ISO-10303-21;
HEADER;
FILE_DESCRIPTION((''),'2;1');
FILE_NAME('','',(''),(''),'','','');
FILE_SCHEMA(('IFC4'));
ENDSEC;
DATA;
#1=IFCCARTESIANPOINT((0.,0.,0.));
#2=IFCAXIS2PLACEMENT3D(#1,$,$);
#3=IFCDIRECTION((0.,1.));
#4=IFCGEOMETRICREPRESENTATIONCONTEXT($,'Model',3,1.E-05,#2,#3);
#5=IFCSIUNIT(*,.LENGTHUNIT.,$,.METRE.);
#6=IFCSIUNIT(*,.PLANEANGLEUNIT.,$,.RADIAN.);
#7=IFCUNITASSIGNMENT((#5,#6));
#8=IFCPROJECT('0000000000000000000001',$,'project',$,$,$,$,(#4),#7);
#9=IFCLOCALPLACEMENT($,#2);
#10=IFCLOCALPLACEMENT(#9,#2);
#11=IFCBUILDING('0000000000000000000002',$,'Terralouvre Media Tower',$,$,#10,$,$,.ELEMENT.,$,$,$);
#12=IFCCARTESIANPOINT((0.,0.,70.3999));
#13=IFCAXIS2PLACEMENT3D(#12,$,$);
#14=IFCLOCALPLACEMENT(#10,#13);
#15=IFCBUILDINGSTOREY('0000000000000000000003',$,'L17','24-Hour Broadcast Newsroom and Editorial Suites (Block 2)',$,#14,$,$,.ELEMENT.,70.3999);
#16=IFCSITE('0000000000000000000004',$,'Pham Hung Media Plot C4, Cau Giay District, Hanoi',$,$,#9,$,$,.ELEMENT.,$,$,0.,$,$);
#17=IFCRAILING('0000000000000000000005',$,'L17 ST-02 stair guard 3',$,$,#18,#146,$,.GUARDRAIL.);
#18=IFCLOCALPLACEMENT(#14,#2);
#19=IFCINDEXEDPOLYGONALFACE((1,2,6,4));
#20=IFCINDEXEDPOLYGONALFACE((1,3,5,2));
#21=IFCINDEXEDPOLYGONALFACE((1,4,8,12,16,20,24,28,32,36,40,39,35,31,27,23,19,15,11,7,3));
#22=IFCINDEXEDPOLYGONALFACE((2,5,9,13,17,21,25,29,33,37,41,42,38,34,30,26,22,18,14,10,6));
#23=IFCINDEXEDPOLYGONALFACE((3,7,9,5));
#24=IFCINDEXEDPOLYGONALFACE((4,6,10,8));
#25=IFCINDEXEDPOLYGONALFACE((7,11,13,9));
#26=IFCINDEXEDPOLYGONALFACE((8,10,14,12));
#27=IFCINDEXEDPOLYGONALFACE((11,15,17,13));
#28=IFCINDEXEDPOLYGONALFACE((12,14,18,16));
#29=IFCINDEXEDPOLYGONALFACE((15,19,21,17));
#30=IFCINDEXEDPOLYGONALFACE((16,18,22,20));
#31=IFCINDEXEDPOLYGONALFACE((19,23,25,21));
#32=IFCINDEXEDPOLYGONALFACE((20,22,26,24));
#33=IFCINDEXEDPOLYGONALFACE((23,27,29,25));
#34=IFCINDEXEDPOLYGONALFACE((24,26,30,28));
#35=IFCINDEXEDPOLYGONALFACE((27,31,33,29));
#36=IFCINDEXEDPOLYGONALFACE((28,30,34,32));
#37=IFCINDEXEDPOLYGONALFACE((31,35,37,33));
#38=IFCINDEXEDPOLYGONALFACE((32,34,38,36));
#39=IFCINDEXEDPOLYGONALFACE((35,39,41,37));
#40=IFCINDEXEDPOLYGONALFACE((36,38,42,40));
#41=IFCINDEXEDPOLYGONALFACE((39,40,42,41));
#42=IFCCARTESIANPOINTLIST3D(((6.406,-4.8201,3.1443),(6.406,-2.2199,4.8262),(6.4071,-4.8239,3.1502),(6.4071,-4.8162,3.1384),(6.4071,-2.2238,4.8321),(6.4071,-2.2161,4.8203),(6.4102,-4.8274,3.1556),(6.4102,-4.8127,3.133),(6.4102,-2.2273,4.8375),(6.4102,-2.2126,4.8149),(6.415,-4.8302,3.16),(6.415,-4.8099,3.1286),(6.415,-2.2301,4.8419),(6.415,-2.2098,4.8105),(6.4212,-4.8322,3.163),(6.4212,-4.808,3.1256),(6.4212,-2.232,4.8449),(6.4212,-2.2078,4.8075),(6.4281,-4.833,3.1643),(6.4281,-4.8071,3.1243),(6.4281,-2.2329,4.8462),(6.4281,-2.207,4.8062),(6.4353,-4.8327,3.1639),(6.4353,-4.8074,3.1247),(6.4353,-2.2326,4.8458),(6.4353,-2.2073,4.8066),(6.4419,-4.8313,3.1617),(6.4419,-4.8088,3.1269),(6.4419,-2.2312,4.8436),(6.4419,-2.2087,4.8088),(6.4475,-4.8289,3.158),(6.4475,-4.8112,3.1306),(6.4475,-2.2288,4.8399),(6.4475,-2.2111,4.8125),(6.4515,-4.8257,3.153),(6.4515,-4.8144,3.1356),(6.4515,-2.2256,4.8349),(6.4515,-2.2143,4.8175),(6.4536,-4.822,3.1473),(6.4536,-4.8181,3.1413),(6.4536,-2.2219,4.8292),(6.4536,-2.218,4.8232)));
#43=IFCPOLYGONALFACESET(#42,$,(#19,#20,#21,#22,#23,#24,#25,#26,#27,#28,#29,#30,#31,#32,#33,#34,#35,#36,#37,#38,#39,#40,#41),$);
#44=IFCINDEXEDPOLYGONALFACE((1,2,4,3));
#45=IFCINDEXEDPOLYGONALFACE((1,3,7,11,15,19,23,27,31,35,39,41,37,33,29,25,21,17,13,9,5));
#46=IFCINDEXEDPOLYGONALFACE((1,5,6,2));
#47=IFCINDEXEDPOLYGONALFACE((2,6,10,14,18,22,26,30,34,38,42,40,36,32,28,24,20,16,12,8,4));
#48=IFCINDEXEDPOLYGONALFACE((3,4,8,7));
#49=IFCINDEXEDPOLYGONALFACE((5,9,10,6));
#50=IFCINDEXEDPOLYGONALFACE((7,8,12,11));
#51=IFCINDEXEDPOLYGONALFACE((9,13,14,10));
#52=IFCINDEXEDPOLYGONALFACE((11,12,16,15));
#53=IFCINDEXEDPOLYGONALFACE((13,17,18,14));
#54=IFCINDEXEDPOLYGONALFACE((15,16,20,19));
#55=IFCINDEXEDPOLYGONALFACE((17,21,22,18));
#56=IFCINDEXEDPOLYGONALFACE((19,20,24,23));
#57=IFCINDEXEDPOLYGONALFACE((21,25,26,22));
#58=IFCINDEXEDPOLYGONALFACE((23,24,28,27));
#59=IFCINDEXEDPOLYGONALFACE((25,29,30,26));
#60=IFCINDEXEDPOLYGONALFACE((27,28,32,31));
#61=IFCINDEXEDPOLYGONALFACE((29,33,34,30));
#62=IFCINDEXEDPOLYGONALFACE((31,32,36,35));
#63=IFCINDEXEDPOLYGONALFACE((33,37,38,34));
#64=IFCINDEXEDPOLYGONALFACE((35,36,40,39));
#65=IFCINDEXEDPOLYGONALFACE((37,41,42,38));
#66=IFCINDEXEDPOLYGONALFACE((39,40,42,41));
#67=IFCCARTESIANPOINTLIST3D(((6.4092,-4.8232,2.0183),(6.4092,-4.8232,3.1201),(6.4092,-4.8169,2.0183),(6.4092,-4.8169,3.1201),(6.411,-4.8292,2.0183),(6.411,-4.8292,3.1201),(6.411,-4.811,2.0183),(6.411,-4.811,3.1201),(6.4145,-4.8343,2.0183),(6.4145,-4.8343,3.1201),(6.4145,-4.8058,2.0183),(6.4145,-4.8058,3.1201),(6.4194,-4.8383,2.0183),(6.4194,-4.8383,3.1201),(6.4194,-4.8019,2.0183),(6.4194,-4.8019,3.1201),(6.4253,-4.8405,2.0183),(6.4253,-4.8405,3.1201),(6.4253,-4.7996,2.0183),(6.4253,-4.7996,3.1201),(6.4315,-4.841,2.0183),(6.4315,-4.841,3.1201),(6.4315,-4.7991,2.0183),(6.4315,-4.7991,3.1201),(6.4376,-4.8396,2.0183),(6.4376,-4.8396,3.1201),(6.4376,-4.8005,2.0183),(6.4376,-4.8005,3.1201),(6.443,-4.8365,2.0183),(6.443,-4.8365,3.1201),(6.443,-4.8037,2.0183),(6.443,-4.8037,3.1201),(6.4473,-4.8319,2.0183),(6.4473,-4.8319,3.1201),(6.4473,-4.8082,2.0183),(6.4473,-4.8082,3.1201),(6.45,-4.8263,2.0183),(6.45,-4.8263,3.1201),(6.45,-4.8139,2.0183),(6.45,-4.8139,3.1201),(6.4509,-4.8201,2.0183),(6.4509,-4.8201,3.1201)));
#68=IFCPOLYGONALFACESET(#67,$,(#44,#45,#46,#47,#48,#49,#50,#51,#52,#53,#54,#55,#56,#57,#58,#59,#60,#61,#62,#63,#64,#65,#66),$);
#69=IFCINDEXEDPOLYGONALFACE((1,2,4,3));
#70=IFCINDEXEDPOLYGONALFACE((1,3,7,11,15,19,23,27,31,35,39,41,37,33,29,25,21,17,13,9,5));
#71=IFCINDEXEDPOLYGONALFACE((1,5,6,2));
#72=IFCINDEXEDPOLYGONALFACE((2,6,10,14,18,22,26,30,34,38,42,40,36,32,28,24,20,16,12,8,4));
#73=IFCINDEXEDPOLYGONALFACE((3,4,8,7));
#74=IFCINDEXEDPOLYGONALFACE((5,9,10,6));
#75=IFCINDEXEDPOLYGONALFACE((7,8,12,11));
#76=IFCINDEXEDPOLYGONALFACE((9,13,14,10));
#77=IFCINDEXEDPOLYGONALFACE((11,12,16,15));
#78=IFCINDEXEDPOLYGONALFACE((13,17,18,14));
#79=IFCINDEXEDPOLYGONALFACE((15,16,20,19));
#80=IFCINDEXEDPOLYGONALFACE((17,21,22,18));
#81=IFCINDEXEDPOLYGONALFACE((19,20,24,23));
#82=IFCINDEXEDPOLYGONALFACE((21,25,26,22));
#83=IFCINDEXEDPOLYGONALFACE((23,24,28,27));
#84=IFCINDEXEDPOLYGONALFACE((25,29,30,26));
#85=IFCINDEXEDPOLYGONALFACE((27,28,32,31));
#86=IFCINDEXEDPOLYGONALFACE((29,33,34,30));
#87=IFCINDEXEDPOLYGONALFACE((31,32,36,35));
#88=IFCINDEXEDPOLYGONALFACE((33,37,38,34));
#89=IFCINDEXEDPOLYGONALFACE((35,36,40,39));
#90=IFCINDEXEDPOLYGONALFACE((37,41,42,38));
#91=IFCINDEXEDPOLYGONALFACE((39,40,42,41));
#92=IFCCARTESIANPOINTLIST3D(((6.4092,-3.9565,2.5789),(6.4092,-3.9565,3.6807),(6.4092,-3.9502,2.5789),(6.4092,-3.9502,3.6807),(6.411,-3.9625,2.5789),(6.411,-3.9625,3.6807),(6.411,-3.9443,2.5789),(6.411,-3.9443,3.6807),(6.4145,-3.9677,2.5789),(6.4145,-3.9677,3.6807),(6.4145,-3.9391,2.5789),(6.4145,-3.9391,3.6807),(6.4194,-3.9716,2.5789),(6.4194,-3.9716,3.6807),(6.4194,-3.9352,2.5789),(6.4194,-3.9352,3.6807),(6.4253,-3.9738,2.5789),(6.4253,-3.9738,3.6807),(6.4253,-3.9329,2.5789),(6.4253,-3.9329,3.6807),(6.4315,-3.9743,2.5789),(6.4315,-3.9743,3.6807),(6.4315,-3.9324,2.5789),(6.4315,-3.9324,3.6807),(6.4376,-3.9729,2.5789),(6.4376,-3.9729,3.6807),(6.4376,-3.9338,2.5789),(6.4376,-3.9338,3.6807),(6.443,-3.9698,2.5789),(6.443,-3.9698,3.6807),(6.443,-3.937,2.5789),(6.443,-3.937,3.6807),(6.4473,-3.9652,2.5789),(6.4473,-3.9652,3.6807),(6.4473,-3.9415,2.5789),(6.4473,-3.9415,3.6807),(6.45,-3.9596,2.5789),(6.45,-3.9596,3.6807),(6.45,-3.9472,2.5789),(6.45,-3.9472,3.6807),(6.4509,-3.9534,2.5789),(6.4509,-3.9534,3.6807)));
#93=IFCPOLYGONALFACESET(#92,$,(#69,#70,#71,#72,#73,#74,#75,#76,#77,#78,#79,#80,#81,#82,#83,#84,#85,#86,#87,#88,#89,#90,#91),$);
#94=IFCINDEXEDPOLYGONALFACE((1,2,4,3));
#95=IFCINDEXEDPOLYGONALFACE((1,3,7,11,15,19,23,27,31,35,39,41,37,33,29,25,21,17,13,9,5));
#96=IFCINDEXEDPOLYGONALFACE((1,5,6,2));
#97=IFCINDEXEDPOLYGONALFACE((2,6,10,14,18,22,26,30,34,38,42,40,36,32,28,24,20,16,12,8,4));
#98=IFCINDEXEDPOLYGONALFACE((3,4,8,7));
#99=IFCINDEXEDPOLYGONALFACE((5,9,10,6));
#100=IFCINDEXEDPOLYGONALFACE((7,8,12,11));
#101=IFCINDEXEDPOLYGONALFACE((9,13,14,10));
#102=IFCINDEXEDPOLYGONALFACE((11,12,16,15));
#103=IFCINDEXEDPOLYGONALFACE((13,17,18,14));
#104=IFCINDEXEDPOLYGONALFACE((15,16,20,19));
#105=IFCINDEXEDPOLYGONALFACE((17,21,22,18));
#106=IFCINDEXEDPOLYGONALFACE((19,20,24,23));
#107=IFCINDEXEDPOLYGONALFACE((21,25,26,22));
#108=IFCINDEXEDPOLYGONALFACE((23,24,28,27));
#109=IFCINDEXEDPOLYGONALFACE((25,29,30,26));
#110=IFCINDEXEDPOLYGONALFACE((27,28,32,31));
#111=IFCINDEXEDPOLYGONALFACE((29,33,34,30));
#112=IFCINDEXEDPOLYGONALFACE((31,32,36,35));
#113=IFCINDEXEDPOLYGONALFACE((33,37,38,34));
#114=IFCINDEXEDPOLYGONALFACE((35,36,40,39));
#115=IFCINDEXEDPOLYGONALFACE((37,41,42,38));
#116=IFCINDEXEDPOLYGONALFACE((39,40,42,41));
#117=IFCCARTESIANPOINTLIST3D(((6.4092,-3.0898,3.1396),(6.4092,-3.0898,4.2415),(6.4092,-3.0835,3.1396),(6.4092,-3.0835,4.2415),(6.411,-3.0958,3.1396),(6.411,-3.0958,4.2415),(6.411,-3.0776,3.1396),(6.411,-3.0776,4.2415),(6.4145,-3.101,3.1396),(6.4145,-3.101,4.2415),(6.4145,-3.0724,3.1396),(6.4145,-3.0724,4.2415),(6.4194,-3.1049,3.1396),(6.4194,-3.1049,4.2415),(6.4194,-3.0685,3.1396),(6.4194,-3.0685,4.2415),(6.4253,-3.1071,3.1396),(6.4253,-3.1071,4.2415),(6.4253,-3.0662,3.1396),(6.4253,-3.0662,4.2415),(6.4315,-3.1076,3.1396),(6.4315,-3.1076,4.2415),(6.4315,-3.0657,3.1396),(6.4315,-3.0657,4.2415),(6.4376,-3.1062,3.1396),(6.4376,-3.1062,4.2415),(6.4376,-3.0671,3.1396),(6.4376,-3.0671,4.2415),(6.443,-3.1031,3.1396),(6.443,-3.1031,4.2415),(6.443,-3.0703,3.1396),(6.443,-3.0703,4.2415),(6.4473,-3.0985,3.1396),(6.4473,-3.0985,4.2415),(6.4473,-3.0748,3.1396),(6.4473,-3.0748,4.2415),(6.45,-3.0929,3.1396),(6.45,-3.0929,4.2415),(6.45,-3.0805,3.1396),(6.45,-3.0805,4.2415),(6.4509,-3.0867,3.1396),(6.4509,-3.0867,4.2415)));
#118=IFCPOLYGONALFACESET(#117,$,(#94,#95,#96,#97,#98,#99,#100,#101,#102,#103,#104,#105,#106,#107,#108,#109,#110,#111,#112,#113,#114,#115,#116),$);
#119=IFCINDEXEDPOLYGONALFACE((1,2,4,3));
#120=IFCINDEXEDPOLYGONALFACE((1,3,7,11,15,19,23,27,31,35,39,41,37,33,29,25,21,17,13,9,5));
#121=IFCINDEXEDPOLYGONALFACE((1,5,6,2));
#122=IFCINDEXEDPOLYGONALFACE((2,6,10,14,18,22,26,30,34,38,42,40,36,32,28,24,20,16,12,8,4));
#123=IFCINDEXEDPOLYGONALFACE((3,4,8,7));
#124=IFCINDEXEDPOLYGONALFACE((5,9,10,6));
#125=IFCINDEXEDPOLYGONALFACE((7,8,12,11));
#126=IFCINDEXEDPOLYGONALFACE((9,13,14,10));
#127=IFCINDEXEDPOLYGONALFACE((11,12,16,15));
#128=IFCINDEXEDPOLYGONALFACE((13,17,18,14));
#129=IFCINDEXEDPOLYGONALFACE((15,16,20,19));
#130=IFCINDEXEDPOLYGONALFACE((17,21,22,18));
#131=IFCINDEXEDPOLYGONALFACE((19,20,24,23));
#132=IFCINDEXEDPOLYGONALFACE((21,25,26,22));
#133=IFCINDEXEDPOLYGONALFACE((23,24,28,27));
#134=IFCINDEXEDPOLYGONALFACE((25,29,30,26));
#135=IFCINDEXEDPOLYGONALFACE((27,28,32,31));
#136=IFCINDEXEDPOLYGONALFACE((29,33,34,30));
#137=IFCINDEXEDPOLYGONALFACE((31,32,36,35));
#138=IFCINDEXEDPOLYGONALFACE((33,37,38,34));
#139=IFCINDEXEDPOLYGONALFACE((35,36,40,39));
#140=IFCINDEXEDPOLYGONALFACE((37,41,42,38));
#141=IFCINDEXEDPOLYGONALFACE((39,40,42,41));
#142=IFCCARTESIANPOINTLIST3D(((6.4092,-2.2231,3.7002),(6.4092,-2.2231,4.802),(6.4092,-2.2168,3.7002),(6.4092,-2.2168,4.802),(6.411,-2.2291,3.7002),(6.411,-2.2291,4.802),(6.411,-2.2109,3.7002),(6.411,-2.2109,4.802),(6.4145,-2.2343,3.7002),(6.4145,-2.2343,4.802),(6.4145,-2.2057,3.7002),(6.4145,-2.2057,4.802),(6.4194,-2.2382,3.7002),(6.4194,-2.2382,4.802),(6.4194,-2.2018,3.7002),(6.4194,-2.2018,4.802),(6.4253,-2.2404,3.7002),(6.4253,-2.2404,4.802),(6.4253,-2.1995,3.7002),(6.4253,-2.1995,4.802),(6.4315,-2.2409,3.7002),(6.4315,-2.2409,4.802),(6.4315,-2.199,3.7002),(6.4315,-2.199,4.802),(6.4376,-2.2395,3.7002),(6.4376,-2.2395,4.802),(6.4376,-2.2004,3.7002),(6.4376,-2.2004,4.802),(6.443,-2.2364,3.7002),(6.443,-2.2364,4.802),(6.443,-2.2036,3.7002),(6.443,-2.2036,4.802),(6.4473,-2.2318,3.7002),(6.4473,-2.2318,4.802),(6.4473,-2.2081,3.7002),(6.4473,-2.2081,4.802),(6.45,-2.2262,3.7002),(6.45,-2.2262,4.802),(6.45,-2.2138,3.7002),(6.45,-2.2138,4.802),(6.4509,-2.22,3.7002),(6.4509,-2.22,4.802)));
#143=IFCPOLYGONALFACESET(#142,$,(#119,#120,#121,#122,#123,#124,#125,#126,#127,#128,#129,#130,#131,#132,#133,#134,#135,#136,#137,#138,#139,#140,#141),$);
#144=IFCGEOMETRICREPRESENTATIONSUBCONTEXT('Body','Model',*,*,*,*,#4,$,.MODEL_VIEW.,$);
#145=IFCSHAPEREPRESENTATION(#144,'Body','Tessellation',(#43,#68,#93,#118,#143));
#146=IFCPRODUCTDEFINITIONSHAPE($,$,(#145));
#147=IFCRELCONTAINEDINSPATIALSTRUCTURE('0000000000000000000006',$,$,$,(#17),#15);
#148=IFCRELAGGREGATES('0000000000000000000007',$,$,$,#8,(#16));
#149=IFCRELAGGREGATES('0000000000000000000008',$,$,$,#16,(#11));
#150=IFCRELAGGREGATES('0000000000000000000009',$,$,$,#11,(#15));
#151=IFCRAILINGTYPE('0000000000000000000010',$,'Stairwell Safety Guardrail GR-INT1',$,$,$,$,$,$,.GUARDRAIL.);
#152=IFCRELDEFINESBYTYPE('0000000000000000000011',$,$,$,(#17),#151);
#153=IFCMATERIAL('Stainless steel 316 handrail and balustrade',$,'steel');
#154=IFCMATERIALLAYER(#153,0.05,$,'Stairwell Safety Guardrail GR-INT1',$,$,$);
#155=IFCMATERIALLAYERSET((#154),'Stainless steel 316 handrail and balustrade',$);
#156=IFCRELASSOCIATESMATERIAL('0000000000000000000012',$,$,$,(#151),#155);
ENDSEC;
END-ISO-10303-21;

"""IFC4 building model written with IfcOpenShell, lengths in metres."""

from ifc_helpers import new_model, si_unit, direction, frame, origin, origin_2d, place, context, subcontext, project, spatial, circle, extrude, material, layer, layer_set, type_object, element, save


model = new_model("IFC4")

# Units and contexts
model_context = context("Model", 3, precision=1e-05, world=origin(), true_north=direction((0.0, 1.0)))
body_context = subcontext(model_context, "Body", "Model", "MODEL_VIEW")
ifc_project = project(units=[si_unit("LENGTHUNIT", "METRE"), si_unit("PLANEANGLEUNIT", "RADIAN")], contexts=[model_context])

# Site, building, storey
site_placement = place(None, origin())
site = spatial("IfcSite", under=ifc_project, at=site_placement, Name="Pham Hung Media Plot C4, Cau Giay District, Hanoi", CompositionType="ELEMENT", RefElevation=0.0)
building_placement = place(site_placement, origin())
building = spatial("IfcBuilding", under=site, at=building_placement, Name="Terralouvre Media Tower", CompositionType="ELEMENT")
storey_placement = place(building_placement, frame((0.0, 0.0, 70.3999)))
storey = spatial("IfcBuildingStorey", under=building, at=storey_placement, Name="L17", Description="24-Hour Broadcast Newsroom and Editorial Suites (Block 2)", CompositionType="ELEMENT", Elevation=70.3999)

# Railing
ifc_material_1 = material(Name="Stainless steel 316 handrail and balustrade", Category="steel")
ifc_layer_1 = layer(ifc_material_1, 0.05, Name="Stairwell Safety Guardrail GR-INT1")
ifc_layer_set_1 = layer_set([ifc_layer_1], Name="Stainless steel 316 handrail and balustrade")
railing_type_1 = type_object("IfcRailingType", Name="Stairwell Safety Guardrail GR-INT1", PredefinedType="GUARDRAIL", material=ifc_layer_set_1)
railing_1_placement = place(storey_placement, frame((6.4299, -4.8201, 2.0183)))
element("IfcRailing", 1, at=railing_1_placement, inside=storey, type_object=railing_type_1, Name="L17 ST-02 stair guard 3", PredefinedType="GUARDRAIL", context=body_context, shape_type="SweptSolid", body=[
    extrude(circle(Radius=0.0239, at=origin_2d()), frame((0.0, 0.0, 1.126), z_axis=(0.0, 0.839648, 0.54313), x_axis=(-1.0, 0.0, 0.0)), (0.0, 0.0, 1.0), 3.0967),
    extrude(circle(Radius=0.021, at=origin_2d()), origin(), (0.0, 0.0, 1.0), 1.1018),
    extrude(circle(Radius=0.021, at=origin_2d()), frame((0.0, 0.8667, 0.5605)), (0.0, 0.0, 1.0), 1.1018),
    extrude(circle(Radius=0.021, at=origin_2d()), frame((0.0, 1.7334, 1.1213)), (0.0, 0.0, 1.0), 1.1018),
    extrude(circle(Radius=0.021, at=origin_2d()), frame((0.0, 2.6001, 1.6819)), (0.0, 0.0, 1.0), 1.1018),
])

save(model, "model.ifc")
